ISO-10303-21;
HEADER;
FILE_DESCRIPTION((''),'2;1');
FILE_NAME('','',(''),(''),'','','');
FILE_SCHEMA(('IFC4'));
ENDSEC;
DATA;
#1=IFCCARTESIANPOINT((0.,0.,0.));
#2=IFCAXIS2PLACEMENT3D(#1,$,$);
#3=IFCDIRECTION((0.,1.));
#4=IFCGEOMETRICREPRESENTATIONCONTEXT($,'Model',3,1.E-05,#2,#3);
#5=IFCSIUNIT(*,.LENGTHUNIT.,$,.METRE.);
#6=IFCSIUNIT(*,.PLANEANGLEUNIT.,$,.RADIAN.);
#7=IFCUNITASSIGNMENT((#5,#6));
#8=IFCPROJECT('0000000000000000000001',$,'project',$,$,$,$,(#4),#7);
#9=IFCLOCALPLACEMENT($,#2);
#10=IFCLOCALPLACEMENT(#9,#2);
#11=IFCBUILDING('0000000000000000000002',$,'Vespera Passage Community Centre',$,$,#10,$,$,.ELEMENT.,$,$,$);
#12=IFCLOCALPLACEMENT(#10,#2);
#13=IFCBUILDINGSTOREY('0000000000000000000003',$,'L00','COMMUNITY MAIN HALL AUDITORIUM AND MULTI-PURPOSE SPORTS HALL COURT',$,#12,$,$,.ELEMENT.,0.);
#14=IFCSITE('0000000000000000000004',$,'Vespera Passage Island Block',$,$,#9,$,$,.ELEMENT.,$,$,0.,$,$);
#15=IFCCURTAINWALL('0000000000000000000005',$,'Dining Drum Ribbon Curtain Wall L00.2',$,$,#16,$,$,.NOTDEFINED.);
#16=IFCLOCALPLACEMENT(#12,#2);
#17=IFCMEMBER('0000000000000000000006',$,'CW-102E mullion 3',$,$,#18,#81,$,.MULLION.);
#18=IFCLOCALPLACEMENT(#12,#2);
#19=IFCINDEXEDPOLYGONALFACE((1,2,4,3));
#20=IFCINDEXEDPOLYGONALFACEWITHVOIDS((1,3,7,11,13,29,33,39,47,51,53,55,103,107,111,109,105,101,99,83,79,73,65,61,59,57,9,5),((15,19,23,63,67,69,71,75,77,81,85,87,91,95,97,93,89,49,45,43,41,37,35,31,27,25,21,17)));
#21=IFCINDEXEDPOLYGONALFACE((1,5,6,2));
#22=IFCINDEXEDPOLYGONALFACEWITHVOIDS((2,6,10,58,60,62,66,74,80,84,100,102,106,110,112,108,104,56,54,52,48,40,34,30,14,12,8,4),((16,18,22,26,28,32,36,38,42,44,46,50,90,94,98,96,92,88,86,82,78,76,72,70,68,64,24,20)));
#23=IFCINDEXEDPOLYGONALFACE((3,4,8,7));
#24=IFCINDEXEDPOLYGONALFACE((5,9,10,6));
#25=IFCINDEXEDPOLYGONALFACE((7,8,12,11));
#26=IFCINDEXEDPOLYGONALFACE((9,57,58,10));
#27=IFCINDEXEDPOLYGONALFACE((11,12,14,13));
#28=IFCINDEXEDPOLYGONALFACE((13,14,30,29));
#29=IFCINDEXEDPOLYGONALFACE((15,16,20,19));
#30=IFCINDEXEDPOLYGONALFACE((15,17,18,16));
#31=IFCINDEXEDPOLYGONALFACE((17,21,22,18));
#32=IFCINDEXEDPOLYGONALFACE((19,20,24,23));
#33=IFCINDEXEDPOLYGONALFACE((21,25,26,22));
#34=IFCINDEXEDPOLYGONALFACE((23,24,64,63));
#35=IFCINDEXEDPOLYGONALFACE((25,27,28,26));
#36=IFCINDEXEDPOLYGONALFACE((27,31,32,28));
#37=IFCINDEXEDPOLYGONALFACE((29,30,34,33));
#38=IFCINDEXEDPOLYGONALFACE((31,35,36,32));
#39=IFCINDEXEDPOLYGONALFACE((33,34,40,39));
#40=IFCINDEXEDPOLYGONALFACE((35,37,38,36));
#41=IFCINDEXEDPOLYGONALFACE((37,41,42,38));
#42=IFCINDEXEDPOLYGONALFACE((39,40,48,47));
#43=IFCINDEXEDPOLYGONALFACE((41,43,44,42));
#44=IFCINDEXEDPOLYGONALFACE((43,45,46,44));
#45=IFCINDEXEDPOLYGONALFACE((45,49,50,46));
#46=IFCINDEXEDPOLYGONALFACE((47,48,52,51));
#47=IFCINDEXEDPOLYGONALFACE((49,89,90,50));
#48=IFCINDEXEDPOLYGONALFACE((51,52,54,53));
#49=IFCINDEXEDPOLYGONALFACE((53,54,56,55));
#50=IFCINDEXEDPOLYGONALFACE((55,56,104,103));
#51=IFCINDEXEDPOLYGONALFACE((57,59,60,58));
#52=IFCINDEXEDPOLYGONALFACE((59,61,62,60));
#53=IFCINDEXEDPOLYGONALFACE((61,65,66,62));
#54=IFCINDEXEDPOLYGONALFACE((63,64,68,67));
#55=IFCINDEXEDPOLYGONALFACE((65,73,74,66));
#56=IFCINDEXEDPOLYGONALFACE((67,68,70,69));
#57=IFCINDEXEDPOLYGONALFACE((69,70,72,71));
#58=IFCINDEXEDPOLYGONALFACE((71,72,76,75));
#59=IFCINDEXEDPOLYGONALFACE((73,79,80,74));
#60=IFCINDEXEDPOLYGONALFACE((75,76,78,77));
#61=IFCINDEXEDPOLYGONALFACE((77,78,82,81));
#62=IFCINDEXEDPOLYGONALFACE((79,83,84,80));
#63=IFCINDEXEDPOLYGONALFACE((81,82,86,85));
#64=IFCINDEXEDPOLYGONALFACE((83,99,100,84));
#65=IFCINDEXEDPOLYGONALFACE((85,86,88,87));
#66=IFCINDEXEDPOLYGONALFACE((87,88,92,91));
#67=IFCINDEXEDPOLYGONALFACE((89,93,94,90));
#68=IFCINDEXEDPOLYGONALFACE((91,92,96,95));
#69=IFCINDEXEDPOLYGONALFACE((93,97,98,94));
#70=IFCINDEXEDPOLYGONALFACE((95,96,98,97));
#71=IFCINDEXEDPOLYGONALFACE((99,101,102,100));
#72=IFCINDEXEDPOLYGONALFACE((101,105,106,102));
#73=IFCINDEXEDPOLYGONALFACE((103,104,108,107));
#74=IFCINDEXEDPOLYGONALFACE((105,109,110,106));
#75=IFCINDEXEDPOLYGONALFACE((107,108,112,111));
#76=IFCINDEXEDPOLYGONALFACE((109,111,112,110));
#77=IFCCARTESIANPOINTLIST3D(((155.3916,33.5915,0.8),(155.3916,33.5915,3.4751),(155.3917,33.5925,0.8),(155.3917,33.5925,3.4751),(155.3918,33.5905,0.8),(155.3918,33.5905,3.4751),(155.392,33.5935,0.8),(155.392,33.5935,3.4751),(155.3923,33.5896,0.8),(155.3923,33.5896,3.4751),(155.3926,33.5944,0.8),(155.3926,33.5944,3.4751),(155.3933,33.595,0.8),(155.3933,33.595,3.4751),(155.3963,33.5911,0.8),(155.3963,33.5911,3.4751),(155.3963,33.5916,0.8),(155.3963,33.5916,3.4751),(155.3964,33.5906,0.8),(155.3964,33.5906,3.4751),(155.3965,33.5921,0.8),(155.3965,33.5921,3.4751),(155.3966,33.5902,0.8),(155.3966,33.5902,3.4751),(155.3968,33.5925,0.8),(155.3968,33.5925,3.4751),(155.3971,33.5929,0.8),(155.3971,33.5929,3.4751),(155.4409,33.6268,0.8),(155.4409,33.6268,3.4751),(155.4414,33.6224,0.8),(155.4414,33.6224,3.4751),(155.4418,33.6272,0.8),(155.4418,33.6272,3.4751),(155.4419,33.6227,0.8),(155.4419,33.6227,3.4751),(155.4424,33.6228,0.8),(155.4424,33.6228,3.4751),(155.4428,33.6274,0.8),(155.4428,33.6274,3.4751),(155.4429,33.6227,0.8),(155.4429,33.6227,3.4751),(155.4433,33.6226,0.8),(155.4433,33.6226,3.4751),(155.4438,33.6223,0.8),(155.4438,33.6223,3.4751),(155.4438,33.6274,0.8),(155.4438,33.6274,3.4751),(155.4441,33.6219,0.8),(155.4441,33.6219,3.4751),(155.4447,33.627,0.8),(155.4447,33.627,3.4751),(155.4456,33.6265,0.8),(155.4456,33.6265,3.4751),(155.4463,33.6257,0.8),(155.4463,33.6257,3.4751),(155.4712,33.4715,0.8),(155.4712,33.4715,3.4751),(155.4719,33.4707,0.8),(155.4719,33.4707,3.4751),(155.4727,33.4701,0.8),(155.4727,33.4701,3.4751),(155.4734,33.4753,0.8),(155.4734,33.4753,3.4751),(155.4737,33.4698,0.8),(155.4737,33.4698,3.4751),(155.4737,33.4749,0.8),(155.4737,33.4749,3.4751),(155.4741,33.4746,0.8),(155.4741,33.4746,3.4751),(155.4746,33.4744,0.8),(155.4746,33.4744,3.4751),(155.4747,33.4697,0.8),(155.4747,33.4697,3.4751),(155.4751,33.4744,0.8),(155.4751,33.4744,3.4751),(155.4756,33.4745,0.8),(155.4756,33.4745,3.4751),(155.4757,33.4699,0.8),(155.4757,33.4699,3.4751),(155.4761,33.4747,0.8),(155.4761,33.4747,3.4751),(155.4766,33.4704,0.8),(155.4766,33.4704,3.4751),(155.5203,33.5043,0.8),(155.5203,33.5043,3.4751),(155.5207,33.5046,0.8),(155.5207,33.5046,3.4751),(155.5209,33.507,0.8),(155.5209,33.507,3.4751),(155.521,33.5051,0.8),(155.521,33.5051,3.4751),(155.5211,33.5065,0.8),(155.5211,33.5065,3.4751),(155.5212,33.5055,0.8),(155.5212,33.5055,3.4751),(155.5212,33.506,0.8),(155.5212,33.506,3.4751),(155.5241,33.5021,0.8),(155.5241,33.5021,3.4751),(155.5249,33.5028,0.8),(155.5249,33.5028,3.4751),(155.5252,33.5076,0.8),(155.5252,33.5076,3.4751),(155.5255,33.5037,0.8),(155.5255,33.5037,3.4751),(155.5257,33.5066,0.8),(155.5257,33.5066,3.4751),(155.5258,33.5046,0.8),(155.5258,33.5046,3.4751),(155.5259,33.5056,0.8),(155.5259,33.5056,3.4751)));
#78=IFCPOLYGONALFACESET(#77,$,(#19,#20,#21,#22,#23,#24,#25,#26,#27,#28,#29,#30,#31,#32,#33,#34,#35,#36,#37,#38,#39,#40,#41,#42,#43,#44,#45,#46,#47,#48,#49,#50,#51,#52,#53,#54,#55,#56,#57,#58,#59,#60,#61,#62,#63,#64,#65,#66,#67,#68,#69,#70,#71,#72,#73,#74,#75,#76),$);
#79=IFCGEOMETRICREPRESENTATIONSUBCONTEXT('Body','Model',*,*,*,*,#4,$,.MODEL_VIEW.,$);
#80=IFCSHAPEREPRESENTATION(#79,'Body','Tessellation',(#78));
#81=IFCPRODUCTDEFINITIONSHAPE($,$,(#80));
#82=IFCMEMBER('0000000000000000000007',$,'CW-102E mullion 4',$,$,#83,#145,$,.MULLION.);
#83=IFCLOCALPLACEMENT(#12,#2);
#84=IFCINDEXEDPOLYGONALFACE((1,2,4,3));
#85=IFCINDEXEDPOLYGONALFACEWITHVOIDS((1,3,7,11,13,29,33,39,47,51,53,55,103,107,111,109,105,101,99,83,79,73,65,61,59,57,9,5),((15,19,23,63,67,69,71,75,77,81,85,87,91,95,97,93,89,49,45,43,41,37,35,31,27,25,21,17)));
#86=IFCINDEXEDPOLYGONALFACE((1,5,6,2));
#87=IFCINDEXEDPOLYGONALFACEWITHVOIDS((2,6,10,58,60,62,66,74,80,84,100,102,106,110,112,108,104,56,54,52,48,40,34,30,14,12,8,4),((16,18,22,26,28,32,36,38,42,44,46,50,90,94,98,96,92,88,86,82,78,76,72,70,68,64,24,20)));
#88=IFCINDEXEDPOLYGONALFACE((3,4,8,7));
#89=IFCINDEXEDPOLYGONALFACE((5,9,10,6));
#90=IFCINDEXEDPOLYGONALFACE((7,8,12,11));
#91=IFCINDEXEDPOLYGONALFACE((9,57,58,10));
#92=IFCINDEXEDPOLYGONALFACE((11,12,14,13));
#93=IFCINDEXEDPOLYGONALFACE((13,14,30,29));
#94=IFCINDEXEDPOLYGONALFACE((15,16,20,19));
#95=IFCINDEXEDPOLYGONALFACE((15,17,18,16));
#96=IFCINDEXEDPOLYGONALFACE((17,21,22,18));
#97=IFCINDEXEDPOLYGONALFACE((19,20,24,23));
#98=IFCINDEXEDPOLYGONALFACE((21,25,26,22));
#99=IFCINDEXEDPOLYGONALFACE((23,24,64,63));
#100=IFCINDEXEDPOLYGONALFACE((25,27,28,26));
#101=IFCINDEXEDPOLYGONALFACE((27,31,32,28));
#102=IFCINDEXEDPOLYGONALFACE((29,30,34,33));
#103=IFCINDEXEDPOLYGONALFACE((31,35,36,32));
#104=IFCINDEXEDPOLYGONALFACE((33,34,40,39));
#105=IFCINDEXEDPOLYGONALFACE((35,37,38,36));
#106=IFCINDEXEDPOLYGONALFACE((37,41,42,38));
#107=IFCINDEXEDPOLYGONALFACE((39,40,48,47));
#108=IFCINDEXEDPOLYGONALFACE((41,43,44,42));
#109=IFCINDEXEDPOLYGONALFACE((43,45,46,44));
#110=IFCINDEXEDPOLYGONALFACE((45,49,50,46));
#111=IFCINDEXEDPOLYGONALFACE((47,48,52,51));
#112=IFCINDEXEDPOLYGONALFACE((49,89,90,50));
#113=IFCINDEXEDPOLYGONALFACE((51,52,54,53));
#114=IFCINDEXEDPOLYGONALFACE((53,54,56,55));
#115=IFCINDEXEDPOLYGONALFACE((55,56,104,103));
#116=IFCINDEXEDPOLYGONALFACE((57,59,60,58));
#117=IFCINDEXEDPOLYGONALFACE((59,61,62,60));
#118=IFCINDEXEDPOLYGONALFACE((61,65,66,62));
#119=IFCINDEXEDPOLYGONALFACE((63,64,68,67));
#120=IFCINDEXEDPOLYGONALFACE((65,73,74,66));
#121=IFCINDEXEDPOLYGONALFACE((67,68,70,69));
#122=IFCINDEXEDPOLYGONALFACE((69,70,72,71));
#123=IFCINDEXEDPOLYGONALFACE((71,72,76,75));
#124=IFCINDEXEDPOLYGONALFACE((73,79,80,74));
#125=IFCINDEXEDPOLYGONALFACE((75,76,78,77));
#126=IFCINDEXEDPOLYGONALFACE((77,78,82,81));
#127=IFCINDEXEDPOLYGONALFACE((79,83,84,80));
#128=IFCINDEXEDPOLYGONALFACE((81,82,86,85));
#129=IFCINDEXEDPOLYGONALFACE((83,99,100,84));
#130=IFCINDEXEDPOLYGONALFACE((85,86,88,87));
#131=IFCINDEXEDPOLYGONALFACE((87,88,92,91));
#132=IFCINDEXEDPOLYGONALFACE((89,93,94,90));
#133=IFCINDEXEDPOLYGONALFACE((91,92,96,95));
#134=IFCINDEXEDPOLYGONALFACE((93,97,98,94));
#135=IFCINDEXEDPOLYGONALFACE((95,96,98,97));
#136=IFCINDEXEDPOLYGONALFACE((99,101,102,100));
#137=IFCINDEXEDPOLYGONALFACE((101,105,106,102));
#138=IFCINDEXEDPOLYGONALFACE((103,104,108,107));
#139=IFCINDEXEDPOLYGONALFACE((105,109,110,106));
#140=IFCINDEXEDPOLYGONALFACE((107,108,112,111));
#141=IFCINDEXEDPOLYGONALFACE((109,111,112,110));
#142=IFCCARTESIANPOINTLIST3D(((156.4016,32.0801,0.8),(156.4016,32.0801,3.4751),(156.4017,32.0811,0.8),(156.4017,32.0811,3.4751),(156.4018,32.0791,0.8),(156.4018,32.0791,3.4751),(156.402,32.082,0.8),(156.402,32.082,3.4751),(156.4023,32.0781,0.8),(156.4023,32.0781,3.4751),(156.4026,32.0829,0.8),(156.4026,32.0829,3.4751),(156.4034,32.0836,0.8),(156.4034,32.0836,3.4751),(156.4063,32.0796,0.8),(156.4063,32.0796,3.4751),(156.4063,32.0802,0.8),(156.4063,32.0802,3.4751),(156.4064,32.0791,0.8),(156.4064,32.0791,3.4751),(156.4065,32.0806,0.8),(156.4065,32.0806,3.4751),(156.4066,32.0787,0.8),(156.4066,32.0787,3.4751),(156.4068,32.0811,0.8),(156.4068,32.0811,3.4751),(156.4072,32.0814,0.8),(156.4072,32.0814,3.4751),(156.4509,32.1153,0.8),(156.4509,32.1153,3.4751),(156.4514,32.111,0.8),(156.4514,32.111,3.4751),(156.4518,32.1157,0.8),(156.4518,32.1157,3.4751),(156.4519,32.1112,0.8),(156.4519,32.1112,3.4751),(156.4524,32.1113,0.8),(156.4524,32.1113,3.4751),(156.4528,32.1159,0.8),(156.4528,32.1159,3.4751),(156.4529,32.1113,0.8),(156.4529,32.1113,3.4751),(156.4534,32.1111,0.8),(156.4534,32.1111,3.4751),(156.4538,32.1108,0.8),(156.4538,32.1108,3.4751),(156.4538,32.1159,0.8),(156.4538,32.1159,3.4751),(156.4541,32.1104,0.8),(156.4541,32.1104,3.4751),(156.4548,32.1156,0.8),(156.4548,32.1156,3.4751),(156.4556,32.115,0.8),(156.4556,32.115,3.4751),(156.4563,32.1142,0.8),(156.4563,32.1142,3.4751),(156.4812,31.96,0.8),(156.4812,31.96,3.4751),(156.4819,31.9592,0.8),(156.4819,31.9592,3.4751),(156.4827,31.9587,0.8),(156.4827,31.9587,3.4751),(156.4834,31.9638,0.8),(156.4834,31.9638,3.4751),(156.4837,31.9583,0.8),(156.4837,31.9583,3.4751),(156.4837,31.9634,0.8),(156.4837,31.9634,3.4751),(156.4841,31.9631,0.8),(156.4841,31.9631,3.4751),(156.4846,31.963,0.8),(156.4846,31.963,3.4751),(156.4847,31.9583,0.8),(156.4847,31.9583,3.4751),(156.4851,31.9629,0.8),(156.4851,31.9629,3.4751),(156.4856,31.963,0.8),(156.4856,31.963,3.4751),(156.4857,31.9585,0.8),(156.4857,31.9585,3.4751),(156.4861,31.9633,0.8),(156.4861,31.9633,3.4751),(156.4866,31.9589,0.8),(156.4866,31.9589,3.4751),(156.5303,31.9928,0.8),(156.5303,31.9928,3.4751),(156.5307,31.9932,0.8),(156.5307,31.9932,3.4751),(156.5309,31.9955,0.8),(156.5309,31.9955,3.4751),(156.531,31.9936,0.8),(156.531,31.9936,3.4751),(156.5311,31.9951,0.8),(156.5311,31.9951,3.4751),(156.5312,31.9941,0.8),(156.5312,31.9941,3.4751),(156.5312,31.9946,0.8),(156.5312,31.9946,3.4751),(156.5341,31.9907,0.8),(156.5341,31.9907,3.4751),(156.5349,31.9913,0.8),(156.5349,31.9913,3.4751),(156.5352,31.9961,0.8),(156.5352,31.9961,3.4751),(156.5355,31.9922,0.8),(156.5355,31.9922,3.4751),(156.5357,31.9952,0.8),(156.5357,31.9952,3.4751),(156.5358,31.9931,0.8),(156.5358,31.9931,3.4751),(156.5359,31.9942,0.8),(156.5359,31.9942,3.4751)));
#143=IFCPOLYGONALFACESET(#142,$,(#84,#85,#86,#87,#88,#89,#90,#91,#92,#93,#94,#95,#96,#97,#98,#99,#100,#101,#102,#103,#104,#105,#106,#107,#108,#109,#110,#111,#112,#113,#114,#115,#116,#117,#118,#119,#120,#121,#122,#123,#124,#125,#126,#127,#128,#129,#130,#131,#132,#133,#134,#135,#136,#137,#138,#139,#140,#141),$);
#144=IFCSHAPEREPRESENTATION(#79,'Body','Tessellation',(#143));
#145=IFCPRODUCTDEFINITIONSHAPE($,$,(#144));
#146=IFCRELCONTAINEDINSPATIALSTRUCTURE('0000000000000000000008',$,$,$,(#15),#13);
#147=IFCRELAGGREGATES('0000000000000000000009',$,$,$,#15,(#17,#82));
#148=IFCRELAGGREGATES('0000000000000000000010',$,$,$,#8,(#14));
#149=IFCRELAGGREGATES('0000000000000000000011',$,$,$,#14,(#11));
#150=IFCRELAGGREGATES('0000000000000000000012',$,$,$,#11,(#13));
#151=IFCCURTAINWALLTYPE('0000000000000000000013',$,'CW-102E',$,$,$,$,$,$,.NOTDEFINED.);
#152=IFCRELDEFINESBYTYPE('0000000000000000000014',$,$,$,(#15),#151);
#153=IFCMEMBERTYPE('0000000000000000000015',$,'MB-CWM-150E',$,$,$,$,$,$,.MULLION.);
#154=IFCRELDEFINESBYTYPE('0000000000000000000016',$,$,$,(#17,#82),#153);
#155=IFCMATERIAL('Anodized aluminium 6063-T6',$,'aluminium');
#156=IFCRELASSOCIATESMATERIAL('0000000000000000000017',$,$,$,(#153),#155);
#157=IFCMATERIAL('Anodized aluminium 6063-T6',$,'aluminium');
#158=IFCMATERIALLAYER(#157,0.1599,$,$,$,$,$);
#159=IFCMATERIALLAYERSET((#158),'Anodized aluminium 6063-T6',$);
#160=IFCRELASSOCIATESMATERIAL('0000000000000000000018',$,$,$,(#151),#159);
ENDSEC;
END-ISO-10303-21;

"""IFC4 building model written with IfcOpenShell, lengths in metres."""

from ifc_helpers import new_model, si_unit, direction, frame, origin, origin_2d, place, context, subcontext, project, spatial, hollow_rectangle, extrude, material, layer, layer_set, material_profile, profile_set, type_object, element, aggregate, save


model = new_model("IFC4")

# Units and contexts
model_context = context("Model", 3, precision=1e-05, world=origin(), true_north=direction((0.0, 1.0)))
body_context = subcontext(model_context, "Body", "Model", "MODEL_VIEW")
ifc_project = project(units=[si_unit("LENGTHUNIT", "METRE"), si_unit("PLANEANGLEUNIT", "RADIAN")], contexts=[model_context])

# Site, building, storey
site_placement = place(None, origin())
site = spatial("IfcSite", under=ifc_project, at=site_placement, Name="Vespera Passage Island Block", CompositionType="ELEMENT", RefElevation=0.0)
building_placement = place(site_placement, origin())
building = spatial("IfcBuilding", under=site, at=building_placement, Name="Vespera Passage Community Centre", CompositionType="ELEMENT")
storey_placement = place(building_placement, origin())
storey = spatial("IfcBuildingStorey", under=building, at=storey_placement, Name="L00", Description="COMMUNITY MAIN HALL AUDITORIUM AND MULTI-PURPOSE SPORTS HALL COURT", CompositionType="ELEMENT", Elevation=0.0)

# Shared definitions
ifc_material_1 = material(Name="Anodized aluminium 6063-T6", Category="aluminium")
ifc_material_profile_1 = material_profile(ifc_material_1, hollow_rectangle(XDim=0.0649, YDim=0.1499, WallThickness=0.0039, InnerFilletRadius=0.002, OuterFilletRadius=0.0039, at=origin_2d()), Name="ALU150X65X4")
ifc_profile_set_1 = profile_set([ifc_material_profile_1], Name="Anodized aluminium 6063-T6")
member_type_1 = type_object("IfcMemberType", Name="MB-CWM-150E", PredefinedType="MULLION", material=ifc_profile_set_1)

# Curtain wall, members
ifc_material_2 = material(Name="Anodized aluminium 6063-T6", Category="aluminium")
ifc_layer_1 = layer(ifc_material_2, 0.1599)
ifc_layer_set_1 = layer_set([ifc_layer_1], Name="Anodized aluminium 6063-T6")
curtain_wall_type_1 = type_object("IfcCurtainWallType", Name="CW-102E", PredefinedType="NOTDEFINED", material=ifc_layer_set_1)
curtain_wall_1_placement = place(storey_placement, origin())
curtain_wall_1 = element("IfcCurtainWall", 1, at=curtain_wall_1_placement, inside=storey, type_object=curtain_wall_type_1, Name="Dining Drum Ribbon Curtain Wall L00.2", PredefinedType="NOTDEFINED")
member_1_placement = place(storey_placement, frame((155.4587, 33.5486, 0.8), z_axis=(0.0, 0.0, 1.0), x_axis=(0.831473, 0.555565, 0.0)))
member_1 = element("IfcMember", 2, at=member_1_placement, type_object=member_type_1, Name="CW-102E mullion 3", PredefinedType="MULLION", context=body_context, shape_type="SweptSolid", body=[
    extrude(hollow_rectangle(XDim=0.0649, YDim=0.1499, WallThickness=0.0039, InnerFilletRadius=0.002, OuterFilletRadius=0.0039, at=origin_2d()), origin(), (0.0, 0.0, 1.0), 2.675),
])
member_2_placement = place(storey_placement, frame((156.4688, 32.0371, 0.8), z_axis=(0.0, 0.0, 1.0), x_axis=(0.831473, 0.555565, 0.0)))
member_2 = element("IfcMember", 3, at=member_2_placement, type_object=member_type_1, Name="CW-102E mullion 4", PredefinedType="MULLION", context=body_context, shape_type="SweptSolid", body=[
    extrude(hollow_rectangle(XDim=0.0649, YDim=0.1499, WallThickness=0.0039, InnerFilletRadius=0.002, OuterFilletRadius=0.0039, at=origin_2d()), origin(), (0.0, 0.0, 1.0), 2.675),
])

aggregate(curtain_wall_1, [member_1, member_2])

save(model, "model.ifc")
